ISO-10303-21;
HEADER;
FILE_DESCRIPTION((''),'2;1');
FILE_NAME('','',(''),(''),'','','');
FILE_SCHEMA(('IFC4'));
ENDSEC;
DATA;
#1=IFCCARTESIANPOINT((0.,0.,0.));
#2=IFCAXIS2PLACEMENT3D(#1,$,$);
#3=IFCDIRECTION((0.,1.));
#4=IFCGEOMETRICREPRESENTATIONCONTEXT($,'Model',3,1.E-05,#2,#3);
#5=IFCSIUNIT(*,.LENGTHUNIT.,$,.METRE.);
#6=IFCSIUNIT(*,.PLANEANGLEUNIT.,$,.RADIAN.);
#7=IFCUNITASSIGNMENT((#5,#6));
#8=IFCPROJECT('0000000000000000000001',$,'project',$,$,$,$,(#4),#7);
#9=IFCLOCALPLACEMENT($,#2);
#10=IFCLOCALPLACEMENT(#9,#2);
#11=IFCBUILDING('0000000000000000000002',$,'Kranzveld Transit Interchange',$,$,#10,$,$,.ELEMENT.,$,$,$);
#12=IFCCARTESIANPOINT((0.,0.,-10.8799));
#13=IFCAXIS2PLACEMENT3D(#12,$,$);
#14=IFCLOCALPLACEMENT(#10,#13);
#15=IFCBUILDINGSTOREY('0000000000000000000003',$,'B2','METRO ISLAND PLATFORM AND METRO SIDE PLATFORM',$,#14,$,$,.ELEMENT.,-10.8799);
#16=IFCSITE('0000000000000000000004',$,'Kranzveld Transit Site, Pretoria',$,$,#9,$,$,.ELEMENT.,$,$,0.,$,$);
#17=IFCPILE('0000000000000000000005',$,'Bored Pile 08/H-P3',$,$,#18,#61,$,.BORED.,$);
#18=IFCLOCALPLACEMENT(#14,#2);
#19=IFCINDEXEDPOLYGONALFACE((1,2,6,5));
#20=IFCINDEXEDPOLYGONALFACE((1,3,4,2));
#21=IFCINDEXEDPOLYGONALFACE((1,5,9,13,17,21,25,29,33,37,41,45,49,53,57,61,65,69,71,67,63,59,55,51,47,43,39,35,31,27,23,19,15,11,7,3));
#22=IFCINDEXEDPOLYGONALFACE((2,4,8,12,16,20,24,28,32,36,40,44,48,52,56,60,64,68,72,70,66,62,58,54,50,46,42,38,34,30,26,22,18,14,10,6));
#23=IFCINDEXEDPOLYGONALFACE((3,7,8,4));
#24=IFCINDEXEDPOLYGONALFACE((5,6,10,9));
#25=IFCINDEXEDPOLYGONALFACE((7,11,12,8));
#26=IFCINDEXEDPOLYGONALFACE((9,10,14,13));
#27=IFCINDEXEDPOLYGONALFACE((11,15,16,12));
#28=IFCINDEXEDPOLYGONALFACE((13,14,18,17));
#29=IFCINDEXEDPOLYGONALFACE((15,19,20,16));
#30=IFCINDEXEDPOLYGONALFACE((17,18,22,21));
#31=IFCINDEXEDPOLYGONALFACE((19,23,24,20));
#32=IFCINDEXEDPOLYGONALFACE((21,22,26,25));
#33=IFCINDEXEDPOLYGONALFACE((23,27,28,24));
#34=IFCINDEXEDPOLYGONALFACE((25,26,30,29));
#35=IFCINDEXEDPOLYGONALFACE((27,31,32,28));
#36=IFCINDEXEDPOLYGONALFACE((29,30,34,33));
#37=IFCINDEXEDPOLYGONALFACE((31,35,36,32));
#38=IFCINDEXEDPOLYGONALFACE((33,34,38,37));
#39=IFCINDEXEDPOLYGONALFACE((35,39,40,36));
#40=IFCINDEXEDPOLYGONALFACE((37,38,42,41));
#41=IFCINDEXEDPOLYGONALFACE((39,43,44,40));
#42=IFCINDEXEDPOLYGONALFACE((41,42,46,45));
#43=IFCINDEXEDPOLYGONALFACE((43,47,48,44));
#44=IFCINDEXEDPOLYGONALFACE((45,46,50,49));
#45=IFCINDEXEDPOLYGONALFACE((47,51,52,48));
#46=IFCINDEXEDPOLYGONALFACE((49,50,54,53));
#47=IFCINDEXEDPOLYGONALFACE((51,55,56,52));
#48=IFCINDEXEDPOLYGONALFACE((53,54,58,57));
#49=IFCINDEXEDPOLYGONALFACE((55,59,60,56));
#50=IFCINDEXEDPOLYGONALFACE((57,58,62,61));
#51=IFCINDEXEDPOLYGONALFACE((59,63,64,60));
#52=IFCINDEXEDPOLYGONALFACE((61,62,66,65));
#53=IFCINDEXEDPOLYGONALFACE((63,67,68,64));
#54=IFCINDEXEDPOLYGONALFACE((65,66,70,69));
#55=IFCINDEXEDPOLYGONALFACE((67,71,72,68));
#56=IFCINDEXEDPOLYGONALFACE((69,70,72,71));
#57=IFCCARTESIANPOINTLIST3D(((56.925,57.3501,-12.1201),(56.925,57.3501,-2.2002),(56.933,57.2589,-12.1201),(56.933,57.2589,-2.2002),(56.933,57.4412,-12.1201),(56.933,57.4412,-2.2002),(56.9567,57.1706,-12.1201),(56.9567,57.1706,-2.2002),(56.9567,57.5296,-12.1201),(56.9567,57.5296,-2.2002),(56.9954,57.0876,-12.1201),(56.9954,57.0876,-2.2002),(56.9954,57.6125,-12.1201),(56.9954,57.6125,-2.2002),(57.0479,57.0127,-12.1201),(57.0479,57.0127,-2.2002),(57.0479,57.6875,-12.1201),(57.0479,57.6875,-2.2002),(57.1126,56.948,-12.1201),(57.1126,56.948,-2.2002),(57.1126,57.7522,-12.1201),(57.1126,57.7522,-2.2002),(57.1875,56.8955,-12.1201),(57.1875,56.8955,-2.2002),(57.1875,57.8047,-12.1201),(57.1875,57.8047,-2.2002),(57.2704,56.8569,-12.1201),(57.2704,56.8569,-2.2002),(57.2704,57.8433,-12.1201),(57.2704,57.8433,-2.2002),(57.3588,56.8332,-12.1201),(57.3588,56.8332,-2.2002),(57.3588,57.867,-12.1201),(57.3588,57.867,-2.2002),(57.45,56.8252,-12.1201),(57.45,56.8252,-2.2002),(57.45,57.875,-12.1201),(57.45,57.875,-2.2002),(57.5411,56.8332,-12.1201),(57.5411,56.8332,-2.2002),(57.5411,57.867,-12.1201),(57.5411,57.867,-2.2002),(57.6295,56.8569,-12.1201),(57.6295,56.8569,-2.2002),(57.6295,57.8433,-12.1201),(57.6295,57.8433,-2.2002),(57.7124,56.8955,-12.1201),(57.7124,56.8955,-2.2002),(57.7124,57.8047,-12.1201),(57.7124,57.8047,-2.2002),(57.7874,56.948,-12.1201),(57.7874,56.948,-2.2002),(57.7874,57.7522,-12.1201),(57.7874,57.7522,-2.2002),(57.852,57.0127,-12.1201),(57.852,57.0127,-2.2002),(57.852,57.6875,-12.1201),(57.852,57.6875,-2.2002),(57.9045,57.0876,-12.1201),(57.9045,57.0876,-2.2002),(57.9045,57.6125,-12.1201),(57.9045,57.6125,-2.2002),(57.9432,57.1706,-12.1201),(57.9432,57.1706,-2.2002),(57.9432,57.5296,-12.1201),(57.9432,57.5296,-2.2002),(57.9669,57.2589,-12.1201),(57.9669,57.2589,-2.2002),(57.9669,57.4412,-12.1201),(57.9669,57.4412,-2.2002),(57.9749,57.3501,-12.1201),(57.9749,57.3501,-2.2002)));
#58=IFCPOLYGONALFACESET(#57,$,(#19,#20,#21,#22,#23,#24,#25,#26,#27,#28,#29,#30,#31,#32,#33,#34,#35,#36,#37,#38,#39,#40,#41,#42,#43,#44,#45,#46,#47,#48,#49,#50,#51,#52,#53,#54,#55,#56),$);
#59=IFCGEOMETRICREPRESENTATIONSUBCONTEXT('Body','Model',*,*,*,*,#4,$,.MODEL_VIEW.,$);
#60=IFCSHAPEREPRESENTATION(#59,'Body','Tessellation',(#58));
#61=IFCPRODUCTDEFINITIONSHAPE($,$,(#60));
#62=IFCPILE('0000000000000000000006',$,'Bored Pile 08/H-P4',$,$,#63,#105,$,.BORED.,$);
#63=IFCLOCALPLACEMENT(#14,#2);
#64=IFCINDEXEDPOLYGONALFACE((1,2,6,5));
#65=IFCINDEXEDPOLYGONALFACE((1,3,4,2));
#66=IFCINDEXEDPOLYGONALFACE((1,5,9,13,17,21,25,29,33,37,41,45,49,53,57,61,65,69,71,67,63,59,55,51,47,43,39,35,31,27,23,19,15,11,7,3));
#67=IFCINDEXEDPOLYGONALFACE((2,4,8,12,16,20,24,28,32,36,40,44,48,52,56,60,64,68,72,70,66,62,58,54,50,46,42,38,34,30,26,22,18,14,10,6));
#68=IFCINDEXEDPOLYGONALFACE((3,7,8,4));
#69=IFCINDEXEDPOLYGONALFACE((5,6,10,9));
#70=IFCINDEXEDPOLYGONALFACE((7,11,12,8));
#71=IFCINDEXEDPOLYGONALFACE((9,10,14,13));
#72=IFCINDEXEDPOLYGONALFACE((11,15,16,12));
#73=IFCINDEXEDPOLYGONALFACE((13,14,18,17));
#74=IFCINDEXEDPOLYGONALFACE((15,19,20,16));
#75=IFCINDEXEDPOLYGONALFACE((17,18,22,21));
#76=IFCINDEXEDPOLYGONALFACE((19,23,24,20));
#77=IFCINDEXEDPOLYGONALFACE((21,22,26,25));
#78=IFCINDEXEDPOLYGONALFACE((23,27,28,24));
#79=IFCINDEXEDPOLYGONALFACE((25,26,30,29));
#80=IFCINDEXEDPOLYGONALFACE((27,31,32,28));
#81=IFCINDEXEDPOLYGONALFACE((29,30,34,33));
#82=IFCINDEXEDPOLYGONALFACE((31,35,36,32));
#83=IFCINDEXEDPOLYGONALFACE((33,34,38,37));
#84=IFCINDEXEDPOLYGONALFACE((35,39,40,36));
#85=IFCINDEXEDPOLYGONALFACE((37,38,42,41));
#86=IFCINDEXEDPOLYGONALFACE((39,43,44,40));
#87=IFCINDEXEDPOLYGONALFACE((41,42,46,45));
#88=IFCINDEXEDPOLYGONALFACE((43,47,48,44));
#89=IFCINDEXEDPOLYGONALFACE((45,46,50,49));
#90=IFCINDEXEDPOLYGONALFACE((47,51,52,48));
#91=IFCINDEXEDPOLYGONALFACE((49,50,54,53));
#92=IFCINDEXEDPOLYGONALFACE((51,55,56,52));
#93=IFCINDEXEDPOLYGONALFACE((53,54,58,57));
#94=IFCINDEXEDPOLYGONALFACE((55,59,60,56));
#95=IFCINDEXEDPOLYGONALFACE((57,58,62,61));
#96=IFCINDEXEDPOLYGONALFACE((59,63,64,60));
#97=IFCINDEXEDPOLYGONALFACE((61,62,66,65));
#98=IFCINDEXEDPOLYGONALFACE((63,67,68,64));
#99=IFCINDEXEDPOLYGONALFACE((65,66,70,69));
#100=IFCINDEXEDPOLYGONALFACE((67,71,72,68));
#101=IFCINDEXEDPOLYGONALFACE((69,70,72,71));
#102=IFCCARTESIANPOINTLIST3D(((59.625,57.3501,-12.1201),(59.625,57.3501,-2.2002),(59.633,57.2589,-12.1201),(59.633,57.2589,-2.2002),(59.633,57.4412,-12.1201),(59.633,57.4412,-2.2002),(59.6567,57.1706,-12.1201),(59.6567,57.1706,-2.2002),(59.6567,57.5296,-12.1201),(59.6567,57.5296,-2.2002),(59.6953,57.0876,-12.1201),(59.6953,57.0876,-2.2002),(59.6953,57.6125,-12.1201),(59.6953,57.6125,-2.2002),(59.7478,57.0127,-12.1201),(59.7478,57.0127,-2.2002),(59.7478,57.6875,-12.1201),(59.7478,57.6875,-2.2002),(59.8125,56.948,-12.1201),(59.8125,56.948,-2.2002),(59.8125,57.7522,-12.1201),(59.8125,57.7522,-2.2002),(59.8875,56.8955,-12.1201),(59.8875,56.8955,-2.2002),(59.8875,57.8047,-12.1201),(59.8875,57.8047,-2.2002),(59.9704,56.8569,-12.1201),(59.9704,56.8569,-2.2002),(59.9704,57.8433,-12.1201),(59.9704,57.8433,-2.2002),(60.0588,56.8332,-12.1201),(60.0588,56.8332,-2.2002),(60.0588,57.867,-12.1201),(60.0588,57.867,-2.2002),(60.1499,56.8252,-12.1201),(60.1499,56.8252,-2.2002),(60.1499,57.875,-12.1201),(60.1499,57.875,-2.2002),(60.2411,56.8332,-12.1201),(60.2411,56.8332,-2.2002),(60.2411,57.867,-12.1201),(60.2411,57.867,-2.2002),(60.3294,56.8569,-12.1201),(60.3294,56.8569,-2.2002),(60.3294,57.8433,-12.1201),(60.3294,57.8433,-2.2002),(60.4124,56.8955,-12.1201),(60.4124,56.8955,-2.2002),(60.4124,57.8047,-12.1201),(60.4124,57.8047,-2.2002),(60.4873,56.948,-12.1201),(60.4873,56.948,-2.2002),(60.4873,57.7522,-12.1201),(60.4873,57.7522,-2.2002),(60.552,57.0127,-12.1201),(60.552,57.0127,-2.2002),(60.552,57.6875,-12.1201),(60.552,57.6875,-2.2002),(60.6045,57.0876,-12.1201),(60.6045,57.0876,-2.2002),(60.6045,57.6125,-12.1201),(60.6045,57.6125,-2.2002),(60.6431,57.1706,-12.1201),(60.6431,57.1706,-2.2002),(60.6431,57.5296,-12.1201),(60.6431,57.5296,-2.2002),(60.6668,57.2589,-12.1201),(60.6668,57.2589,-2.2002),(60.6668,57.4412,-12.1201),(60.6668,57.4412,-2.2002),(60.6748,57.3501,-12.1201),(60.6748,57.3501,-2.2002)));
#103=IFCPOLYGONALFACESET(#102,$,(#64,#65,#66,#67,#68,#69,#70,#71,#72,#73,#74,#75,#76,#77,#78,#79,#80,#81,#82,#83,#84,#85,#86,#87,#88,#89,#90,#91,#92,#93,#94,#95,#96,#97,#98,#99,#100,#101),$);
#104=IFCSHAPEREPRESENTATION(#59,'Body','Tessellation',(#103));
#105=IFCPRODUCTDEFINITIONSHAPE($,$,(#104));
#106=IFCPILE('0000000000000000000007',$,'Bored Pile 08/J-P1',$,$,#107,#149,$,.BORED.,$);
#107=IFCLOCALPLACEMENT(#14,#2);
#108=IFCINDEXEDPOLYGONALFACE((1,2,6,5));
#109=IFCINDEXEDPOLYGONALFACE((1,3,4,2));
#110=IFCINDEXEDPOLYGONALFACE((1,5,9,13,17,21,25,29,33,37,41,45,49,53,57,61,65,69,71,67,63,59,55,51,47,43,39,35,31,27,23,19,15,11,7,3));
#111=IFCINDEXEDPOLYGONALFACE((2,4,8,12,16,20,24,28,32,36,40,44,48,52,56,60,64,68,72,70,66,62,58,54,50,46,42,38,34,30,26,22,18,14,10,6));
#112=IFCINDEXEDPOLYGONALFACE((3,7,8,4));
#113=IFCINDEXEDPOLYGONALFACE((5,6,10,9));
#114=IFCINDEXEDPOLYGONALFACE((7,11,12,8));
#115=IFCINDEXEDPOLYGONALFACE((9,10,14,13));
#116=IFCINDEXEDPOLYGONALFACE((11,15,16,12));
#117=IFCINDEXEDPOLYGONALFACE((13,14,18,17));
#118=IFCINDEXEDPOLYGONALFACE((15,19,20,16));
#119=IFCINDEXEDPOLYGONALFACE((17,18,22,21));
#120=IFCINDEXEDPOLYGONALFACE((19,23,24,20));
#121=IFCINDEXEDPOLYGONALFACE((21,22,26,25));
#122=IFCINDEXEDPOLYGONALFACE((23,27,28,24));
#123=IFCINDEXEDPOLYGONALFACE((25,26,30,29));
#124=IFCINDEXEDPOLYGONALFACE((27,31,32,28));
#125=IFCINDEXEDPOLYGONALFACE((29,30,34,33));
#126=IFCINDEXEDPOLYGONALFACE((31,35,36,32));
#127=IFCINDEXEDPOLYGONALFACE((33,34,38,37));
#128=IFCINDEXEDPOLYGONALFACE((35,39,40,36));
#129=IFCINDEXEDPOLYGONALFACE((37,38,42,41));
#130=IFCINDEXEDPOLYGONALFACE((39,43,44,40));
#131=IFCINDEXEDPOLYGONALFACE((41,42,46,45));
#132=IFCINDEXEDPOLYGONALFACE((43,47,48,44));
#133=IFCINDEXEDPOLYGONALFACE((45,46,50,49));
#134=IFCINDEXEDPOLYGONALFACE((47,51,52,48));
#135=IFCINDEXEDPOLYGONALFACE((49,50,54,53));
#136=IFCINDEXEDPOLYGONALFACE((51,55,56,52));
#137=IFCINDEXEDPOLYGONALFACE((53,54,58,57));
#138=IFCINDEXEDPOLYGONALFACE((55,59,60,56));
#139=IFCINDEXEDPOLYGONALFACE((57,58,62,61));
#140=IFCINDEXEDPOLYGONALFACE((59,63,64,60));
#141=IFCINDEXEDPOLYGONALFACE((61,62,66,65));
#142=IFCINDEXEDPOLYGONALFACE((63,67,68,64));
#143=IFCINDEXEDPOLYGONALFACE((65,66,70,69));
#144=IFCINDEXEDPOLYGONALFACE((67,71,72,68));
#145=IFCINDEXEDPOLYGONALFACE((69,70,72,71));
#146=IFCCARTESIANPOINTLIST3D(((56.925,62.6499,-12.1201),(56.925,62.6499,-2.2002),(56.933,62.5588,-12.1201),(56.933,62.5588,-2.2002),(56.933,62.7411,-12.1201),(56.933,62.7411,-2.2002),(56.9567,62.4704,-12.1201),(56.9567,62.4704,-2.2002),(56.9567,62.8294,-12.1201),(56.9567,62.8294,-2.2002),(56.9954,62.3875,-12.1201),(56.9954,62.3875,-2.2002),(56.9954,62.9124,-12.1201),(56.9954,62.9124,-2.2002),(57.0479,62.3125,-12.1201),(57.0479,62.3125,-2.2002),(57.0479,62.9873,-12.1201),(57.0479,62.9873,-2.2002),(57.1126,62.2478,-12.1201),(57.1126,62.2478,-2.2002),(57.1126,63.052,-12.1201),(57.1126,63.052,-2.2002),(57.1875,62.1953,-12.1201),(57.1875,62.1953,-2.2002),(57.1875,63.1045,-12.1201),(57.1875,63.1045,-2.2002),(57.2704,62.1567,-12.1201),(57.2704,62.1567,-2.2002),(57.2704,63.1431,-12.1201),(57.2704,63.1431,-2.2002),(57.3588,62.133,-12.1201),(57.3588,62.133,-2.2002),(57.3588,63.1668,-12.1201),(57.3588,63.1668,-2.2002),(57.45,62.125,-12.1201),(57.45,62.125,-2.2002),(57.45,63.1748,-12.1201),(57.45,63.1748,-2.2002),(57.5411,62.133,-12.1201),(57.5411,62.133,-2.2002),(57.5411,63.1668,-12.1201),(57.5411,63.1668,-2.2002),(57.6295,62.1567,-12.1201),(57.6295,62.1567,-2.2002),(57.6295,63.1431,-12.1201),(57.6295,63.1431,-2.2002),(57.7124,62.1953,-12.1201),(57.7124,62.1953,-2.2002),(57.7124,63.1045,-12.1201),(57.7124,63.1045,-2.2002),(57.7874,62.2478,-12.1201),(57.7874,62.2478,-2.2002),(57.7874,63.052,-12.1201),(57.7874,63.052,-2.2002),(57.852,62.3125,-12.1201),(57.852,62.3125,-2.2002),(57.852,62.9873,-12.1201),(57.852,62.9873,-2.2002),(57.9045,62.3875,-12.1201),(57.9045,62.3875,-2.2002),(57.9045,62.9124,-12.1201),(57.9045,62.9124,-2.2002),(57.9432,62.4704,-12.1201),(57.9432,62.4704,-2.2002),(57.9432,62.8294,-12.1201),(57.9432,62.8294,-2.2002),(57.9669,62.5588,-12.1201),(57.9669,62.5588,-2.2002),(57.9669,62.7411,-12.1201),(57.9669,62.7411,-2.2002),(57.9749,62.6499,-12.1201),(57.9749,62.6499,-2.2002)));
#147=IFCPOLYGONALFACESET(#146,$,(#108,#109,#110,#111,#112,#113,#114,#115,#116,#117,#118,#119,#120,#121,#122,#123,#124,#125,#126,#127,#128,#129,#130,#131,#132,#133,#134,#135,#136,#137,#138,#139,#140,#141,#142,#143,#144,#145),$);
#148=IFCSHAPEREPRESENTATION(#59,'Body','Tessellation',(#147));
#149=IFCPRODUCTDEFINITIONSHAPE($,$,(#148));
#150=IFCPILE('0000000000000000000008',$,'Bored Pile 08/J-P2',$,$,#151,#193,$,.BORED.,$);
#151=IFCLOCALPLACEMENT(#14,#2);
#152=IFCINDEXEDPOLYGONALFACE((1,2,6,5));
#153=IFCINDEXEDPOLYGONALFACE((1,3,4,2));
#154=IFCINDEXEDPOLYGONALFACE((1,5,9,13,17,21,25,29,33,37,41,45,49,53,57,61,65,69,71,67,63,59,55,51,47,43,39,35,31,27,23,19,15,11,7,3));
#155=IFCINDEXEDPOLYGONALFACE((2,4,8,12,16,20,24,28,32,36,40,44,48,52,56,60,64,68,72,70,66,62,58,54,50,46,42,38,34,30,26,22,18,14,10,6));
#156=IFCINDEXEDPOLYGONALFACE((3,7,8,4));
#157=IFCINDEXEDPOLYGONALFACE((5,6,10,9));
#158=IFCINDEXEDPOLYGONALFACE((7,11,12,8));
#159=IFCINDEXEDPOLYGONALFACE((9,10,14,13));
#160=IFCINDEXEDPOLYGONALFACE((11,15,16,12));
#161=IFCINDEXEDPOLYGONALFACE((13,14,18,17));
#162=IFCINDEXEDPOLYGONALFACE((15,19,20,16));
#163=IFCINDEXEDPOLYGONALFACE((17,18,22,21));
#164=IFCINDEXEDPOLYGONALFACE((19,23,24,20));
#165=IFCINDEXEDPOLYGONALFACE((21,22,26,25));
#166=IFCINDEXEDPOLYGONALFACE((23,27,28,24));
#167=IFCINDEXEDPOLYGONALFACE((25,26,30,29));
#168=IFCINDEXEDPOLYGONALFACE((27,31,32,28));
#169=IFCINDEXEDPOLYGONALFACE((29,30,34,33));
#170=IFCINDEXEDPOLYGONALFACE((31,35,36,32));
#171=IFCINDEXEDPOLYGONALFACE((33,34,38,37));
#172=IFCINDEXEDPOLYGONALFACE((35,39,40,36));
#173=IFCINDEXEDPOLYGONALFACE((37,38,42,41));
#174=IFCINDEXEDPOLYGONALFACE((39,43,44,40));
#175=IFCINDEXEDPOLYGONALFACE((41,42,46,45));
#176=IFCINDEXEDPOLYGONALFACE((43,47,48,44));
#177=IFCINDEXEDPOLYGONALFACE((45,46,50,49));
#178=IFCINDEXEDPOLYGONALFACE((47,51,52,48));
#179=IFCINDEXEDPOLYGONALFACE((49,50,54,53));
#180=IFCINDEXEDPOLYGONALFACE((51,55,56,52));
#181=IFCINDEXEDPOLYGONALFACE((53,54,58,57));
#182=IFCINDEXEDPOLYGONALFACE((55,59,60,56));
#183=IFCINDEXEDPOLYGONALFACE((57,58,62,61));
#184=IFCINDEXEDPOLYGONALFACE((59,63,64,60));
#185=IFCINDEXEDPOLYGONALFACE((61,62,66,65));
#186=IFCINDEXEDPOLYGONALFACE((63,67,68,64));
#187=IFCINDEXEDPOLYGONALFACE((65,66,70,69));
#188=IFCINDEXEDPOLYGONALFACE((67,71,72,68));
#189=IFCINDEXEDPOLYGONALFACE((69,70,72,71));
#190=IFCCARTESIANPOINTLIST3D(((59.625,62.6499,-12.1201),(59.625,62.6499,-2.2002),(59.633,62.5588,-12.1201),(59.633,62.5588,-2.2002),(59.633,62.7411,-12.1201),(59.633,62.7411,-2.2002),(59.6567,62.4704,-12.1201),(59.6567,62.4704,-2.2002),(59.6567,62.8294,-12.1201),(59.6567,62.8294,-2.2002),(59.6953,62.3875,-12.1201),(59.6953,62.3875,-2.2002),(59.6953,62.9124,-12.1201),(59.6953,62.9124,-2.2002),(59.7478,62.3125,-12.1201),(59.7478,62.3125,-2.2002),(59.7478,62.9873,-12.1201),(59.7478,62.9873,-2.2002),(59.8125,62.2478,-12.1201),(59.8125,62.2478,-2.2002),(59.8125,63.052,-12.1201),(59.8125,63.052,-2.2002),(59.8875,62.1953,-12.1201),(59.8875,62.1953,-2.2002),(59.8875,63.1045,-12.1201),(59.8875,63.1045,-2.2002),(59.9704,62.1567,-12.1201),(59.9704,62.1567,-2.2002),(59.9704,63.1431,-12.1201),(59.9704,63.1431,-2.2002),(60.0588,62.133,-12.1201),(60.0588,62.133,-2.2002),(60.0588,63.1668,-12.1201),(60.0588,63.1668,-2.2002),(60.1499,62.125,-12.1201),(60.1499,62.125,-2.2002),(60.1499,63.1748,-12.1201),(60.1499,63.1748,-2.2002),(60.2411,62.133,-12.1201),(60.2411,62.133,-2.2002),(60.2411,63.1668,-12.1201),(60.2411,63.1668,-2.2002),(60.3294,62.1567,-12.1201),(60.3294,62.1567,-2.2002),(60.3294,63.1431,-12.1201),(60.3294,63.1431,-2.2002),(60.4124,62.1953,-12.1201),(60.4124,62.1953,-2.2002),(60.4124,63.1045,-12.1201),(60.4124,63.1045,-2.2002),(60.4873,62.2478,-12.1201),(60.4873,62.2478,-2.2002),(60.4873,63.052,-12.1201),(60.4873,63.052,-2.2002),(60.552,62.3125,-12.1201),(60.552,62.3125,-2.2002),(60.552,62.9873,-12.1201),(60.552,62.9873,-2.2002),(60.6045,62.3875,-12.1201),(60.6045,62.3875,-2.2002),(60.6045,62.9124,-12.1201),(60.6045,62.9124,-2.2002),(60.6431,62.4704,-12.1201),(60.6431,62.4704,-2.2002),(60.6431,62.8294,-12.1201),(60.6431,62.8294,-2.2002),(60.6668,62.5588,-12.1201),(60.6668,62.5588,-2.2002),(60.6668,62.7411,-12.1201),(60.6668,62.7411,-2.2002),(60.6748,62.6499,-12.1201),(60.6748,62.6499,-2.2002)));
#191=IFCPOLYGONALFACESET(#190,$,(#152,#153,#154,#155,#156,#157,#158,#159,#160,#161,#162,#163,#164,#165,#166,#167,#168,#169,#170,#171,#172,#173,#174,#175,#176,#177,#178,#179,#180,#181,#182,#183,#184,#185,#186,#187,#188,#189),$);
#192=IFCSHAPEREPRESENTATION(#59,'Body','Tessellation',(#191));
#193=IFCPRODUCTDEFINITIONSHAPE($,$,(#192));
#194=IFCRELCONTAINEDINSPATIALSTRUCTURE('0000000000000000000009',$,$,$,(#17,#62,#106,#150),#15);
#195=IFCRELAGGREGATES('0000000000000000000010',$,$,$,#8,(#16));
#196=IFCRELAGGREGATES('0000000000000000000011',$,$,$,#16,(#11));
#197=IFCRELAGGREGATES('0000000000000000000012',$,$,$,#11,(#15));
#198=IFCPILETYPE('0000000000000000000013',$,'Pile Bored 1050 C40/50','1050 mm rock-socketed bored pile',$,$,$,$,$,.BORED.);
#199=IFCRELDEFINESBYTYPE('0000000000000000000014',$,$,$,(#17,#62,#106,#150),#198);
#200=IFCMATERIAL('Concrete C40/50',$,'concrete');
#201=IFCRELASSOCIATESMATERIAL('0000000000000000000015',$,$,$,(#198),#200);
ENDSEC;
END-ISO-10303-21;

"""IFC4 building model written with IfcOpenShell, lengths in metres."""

from ifc_helpers import new_model, si_unit, direction, frame, origin, origin_2d, place, context, subcontext, project, spatial, circle, extrude, material, material_profile, profile_set, type_object, element, save


model = new_model("IFC4")

# Units and contexts
model_context = context("Model", 3, precision=1e-05, world=origin(), true_north=direction((0.0, 1.0)))
body_context = subcontext(model_context, "Body", "Model", "MODEL_VIEW")
ifc_project = project(units=[si_unit("LENGTHUNIT", "METRE"), si_unit("PLANEANGLEUNIT", "RADIAN")], contexts=[model_context])

# Site, building, storey
site_placement = place(None, origin())
site = spatial("IfcSite", under=ifc_project, at=site_placement, Name="Kranzveld Transit Site, Pretoria", CompositionType="ELEMENT", RefElevation=0.0)
building_placement = place(site_placement, origin())
building = spatial("IfcBuilding", under=site, at=building_placement, Name="Kranzveld Transit Interchange", CompositionType="ELEMENT")
storey_placement = place(building_placement, frame((0.0, 0.0, -10.8799)))
storey = spatial("IfcBuildingStorey", under=building, at=storey_placement, Name="B2", Description="METRO ISLAND PLATFORM AND METRO SIDE PLATFORM", CompositionType="ELEMENT", Elevation=-10.8799)

# Piles
ifc_material_1 = material(Name="Concrete C40/50", Category="concrete")
ifc_material_profile_1 = material_profile(ifc_material_1, circle(Radius=0.5249, at=origin_2d()), Name="BORED PILE 1050")
ifc_profile_set_1 = profile_set([ifc_material_profile_1], Name="Concrete C40/50")
pile_type = type_object("IfcPileType", Name="Pile Bored 1050 C40/50", Description="1050 mm rock-socketed bored pile", PredefinedType="BORED", material=ifc_profile_set_1)
for number, where, z_axis, x_axis, name in (
    (1, (57.45, 57.3501, -2.2002), (0.0, 0.0, -1.0), (1.0, 0.0, 0.0), "Bored Pile 08/H-P3"),
    (2, (60.1499, 57.3501, -2.2002), (0.0, 0.0, -1.0), (1.0, 0.0, 0.0), "Bored Pile 08/H-P4"),
    (3, (57.45, 62.6499, -2.2002), (0.0, 0.0, -1.0), (1.0, 0.0, 0.0), "Bored Pile 08/J-P1"),
    (4, (60.1499, 62.6499, -2.2002), (0.0, 0.0, -1.0), (1.0, 0.0, 0.0), "Bored Pile 08/J-P2"),
):
    element("IfcPile", number, at=place(storey_placement, frame(where, z_axis=z_axis, x_axis=x_axis)), inside=storey, type_object=pile_type, Name=name, PredefinedType="BORED", context=body_context, shape_type="SweptSolid", body=[
        extrude(circle(Radius=0.5249, at=origin_2d()), origin(), (0.0, 0.0, 1.0), 9.9199),
    ])

save(model, "model.ifc")
